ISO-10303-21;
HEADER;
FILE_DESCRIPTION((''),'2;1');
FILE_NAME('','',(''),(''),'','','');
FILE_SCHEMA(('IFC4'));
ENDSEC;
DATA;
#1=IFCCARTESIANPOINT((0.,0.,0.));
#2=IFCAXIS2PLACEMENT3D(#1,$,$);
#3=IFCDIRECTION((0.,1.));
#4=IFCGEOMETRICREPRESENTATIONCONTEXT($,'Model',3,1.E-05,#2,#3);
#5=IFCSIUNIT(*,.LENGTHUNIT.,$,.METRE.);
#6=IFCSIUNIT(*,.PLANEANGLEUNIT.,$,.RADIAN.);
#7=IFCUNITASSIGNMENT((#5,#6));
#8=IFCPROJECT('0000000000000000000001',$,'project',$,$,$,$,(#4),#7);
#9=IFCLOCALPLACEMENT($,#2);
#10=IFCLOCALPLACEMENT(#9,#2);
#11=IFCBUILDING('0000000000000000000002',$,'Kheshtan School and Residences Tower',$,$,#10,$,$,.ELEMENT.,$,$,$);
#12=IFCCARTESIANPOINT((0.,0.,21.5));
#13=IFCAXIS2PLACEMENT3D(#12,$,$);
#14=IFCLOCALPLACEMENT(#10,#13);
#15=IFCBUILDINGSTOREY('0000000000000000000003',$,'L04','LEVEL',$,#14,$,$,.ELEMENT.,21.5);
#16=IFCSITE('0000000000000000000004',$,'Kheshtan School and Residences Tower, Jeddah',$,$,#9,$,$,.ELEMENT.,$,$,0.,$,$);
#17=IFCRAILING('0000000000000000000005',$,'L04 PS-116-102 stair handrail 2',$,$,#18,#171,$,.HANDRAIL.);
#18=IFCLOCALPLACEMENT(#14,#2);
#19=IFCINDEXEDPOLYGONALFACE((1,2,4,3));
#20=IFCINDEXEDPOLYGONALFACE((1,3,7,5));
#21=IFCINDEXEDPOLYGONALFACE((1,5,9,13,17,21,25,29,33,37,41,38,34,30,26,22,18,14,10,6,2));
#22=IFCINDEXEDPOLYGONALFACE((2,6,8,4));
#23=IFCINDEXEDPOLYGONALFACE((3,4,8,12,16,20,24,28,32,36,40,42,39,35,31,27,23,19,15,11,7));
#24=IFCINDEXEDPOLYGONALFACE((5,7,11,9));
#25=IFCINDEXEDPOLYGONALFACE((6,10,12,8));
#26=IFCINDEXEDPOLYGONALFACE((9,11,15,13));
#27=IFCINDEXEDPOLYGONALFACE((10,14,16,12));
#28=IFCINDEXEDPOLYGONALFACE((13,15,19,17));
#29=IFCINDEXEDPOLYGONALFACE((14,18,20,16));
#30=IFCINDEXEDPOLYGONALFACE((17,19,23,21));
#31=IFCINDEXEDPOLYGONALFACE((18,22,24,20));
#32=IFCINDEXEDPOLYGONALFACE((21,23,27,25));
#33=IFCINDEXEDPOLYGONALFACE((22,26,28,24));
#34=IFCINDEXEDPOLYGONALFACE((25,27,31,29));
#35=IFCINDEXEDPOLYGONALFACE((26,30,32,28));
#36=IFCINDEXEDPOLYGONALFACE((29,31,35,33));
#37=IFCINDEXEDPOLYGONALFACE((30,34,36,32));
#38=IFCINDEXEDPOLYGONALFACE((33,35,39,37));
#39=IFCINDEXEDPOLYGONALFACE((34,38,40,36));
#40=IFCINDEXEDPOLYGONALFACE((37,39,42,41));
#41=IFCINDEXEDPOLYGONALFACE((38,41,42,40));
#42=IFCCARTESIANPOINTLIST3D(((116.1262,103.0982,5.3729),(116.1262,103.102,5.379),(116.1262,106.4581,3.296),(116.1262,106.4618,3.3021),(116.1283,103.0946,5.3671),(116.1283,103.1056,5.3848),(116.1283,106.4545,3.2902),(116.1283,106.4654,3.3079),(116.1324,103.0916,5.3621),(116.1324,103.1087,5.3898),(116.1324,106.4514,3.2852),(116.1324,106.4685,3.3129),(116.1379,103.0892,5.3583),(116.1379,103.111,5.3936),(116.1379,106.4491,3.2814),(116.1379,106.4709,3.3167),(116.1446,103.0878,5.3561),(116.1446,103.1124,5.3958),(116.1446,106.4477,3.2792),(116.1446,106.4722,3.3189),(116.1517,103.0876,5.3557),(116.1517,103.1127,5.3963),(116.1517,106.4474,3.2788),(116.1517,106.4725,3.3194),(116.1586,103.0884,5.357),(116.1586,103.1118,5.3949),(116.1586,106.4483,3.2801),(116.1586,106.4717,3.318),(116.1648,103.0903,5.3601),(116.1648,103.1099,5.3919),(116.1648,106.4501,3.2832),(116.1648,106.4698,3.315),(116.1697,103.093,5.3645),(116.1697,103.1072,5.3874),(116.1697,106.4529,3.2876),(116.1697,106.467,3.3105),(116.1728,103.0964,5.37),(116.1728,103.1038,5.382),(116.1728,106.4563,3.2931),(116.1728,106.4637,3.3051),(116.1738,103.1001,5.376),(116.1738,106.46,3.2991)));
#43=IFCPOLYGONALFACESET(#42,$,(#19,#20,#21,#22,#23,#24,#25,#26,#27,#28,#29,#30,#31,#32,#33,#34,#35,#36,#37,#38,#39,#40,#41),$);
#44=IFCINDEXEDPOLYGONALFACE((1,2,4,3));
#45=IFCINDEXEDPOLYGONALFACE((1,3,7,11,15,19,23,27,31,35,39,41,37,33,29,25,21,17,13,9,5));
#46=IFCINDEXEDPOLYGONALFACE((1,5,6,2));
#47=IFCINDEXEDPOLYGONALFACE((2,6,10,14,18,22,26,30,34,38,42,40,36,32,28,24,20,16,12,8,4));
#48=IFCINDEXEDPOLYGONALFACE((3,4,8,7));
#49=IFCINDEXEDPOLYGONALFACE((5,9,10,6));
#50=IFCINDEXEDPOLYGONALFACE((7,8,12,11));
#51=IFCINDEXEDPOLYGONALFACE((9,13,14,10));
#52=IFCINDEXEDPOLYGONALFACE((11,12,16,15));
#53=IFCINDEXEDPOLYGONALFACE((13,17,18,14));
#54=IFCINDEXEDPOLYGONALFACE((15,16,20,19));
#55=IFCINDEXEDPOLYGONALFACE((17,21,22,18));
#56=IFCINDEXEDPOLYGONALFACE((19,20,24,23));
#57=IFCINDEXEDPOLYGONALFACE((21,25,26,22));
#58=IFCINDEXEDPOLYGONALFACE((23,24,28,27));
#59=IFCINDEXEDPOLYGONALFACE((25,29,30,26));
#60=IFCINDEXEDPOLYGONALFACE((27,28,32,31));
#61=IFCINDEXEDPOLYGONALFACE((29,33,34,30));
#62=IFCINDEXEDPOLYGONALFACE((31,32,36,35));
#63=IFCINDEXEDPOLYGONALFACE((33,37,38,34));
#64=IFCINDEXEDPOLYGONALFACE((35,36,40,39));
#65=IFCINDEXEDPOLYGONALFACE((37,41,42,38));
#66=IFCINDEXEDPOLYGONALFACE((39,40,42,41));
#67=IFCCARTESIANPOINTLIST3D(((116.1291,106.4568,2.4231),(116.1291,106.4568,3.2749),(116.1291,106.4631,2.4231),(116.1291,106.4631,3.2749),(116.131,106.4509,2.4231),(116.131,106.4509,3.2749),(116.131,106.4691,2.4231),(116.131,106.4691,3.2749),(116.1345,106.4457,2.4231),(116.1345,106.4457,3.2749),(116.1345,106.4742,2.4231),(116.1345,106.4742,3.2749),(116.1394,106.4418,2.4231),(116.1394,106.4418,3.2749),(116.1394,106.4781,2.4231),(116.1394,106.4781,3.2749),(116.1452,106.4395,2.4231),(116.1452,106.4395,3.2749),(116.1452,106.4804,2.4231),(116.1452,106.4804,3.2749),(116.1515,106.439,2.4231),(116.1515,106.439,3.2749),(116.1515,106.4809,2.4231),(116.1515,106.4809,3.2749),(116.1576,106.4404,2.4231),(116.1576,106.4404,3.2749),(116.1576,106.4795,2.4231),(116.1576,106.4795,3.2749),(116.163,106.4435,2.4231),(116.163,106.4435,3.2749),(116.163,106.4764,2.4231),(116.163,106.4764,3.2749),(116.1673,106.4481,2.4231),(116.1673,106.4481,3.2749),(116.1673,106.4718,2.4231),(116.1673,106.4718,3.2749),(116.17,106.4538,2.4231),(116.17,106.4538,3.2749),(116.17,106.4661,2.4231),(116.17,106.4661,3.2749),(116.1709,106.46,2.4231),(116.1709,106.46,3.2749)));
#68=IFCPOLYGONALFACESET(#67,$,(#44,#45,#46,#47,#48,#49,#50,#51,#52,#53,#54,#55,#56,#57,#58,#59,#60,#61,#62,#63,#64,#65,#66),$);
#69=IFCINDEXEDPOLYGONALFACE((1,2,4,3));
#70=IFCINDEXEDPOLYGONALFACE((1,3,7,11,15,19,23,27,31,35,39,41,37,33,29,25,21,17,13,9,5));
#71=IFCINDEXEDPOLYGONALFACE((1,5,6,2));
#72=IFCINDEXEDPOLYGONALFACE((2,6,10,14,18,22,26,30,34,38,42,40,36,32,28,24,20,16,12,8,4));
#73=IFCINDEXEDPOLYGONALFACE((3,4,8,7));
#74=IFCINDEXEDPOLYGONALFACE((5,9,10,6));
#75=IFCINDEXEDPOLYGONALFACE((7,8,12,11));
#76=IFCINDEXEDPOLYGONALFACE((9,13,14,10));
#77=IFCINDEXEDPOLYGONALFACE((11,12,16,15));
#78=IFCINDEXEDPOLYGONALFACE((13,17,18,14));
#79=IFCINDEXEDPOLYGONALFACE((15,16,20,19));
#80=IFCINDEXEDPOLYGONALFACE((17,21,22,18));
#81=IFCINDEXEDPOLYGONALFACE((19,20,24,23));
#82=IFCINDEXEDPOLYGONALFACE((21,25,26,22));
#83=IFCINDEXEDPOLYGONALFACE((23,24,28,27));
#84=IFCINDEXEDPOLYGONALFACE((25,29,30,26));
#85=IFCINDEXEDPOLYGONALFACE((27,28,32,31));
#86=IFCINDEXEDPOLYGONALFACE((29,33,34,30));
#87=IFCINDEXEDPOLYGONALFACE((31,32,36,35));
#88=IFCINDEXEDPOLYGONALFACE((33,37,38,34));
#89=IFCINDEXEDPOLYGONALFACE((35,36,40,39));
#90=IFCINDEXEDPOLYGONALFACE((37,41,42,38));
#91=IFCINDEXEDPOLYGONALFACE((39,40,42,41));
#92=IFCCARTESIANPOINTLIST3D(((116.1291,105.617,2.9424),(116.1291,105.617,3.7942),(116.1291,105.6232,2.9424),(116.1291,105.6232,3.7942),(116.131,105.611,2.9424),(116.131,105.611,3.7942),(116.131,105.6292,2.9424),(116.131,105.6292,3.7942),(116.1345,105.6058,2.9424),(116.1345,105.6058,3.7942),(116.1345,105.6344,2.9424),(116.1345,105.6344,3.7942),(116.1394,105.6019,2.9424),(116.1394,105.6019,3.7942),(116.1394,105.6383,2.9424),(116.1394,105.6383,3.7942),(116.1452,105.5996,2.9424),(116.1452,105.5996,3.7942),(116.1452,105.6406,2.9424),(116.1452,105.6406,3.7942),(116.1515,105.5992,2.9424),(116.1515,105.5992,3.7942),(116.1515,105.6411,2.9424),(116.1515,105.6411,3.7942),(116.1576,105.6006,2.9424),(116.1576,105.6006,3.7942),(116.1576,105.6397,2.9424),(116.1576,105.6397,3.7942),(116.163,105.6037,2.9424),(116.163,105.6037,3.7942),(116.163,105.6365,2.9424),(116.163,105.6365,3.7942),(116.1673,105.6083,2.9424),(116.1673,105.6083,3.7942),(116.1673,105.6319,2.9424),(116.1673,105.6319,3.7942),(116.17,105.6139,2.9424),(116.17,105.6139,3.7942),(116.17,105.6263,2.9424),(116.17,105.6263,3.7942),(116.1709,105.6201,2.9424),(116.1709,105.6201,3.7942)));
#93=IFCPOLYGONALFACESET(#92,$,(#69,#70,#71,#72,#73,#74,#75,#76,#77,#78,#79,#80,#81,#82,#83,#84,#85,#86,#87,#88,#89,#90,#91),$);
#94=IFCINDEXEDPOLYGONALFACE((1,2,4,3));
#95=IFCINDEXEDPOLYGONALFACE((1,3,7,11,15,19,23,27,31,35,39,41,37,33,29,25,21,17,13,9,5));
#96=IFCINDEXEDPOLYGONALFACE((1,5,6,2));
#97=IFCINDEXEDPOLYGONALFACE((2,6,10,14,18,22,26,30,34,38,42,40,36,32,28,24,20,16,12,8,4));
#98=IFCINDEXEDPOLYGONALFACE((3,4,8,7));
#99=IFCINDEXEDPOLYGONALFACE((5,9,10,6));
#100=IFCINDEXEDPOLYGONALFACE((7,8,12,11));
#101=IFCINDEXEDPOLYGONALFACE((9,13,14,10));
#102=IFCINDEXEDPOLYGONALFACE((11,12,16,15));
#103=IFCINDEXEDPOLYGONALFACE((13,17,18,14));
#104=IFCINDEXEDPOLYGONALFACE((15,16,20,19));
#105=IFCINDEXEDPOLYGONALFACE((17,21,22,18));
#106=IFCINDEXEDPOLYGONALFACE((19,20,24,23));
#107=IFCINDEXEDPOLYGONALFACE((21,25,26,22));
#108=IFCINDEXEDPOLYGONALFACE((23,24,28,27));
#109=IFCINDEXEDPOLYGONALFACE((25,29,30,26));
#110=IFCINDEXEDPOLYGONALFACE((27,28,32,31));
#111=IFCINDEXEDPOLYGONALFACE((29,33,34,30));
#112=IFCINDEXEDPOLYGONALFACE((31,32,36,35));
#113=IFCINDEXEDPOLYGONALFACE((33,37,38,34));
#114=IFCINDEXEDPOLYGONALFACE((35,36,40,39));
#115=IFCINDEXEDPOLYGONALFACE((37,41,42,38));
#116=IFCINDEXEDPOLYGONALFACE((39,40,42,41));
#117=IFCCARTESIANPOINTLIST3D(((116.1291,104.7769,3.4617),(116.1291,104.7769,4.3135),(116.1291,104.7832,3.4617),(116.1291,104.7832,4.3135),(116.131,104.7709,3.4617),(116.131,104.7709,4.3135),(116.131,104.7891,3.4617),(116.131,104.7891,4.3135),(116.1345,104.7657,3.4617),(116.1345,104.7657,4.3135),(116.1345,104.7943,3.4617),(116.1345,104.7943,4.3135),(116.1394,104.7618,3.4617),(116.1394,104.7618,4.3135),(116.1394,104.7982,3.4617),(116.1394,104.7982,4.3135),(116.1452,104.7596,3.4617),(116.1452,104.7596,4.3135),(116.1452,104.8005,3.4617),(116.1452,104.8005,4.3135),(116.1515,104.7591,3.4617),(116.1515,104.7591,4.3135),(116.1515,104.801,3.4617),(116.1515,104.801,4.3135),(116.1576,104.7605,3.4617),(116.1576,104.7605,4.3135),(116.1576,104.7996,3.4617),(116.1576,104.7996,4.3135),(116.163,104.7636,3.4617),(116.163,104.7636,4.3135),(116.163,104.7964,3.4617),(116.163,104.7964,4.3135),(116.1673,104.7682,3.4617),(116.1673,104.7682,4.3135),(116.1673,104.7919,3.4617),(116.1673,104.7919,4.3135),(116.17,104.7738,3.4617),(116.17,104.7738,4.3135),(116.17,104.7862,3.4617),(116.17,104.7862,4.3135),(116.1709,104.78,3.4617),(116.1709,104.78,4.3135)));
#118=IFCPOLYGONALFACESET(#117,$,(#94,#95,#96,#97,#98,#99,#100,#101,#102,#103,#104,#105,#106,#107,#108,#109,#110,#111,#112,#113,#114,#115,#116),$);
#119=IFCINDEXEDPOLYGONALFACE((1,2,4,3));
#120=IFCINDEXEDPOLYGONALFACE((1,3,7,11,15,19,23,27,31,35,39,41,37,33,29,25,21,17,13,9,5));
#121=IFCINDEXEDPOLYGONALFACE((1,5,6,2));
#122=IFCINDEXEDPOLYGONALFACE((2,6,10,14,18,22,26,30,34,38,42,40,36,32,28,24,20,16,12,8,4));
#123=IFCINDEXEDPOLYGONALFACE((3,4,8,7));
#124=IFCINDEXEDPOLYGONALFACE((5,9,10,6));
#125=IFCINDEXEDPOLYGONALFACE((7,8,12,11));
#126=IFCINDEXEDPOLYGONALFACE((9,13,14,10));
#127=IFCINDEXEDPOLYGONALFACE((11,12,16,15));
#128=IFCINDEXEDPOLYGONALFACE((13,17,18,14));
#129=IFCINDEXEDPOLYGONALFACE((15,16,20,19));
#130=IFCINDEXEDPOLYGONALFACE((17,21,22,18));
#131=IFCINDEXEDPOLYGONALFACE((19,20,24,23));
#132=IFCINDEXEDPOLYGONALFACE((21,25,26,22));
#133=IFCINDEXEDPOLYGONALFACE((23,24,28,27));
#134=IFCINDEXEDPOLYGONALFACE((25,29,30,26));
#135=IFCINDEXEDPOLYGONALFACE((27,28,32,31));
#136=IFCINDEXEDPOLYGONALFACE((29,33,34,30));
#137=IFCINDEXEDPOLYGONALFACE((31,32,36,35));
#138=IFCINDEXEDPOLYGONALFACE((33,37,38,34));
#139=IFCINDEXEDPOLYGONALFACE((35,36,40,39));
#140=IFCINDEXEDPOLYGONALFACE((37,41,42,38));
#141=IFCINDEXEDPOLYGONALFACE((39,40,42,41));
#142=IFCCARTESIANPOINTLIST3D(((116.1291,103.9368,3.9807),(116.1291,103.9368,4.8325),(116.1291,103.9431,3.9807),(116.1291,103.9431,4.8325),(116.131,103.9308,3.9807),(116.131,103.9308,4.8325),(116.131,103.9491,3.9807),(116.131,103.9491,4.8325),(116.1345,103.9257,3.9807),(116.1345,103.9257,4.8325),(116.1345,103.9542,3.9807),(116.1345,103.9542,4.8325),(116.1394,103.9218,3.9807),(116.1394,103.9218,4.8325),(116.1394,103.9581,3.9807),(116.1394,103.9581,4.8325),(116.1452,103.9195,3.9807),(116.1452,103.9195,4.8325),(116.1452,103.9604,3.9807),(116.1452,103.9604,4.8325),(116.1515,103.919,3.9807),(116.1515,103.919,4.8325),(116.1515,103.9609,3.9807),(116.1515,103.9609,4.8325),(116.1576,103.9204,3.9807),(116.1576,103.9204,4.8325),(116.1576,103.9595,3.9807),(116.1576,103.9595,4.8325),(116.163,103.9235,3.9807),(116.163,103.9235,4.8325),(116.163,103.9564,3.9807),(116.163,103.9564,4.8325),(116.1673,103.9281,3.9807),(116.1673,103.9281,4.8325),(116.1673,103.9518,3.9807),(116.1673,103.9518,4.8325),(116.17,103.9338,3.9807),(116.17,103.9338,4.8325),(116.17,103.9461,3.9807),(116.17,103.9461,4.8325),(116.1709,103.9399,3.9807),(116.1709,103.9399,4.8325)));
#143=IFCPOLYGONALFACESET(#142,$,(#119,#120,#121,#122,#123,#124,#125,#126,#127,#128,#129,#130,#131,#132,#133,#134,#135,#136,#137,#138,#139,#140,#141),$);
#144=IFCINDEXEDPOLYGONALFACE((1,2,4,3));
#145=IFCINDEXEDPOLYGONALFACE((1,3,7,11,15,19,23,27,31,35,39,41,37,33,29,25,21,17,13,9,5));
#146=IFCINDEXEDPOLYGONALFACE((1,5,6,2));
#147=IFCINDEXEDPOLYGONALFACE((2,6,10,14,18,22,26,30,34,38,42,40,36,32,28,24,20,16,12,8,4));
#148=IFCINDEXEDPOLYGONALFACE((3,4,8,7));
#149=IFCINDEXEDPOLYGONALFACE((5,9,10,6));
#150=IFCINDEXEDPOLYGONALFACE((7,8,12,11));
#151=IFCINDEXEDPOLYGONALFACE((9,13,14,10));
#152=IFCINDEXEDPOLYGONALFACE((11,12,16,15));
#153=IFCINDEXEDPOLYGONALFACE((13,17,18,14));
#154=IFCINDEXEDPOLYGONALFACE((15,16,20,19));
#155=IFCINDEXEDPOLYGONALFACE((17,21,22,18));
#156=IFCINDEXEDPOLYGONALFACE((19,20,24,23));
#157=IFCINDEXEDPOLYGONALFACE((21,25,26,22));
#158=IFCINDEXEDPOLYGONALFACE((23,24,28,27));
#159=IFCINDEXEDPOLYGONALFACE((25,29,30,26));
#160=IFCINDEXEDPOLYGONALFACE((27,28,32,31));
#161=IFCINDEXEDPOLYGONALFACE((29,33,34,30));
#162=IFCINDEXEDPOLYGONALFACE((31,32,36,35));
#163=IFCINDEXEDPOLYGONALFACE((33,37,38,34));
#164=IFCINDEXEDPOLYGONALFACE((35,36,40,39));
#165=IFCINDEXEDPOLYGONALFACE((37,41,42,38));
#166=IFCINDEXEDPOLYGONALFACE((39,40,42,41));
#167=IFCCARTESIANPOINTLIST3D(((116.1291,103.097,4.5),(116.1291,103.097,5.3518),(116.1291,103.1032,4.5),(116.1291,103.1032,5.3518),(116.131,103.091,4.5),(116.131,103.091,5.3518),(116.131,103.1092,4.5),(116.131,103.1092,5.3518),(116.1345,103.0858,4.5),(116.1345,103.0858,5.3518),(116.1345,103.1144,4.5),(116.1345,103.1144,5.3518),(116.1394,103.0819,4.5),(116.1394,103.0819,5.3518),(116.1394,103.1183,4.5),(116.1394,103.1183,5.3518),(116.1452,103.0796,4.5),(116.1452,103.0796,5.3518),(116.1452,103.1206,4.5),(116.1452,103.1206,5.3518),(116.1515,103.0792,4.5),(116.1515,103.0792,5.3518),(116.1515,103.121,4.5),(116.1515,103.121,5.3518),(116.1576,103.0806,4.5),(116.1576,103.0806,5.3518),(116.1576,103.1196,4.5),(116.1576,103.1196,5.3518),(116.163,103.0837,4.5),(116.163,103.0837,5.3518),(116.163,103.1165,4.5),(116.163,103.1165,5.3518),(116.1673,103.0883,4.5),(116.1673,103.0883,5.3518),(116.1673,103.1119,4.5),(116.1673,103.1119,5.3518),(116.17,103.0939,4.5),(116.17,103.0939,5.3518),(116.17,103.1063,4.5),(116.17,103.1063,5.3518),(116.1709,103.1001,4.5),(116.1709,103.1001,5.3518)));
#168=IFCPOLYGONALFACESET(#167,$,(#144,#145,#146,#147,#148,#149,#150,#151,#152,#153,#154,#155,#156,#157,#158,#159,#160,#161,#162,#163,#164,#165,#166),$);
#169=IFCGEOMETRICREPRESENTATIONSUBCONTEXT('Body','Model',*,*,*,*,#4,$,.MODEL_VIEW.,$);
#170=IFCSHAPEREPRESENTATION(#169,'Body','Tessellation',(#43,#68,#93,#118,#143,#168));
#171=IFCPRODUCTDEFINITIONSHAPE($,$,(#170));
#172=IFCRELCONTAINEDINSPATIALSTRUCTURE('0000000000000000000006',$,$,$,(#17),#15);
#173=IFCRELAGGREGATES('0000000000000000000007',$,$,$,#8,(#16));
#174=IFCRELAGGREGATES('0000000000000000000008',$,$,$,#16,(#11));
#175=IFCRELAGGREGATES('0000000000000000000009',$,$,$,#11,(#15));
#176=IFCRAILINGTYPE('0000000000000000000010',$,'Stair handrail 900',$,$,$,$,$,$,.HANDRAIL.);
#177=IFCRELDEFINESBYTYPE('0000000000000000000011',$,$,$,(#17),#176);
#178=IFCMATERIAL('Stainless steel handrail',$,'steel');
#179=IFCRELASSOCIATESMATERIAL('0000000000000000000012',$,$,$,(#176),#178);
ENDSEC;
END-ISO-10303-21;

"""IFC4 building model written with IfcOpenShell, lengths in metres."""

from ifc_helpers import new_model, si_unit, direction, frame, origin, origin_2d, place, context, subcontext, project, spatial, circle, extrude, material, type_object, element, save


model = new_model("IFC4")

# Units and contexts
model_context = context("Model", 3, precision=1e-05, world=origin(), true_north=direction((0.0, 1.0)))
body_context = subcontext(model_context, "Body", "Model", "MODEL_VIEW")
ifc_project = project(units=[si_unit("LENGTHUNIT", "METRE"), si_unit("PLANEANGLEUNIT", "RADIAN")], contexts=[model_context])

# Site, building, storey
site_placement = place(None, origin())
site = spatial("IfcSite", under=ifc_project, at=site_placement, Name="Kheshtan School and Residences Tower, Jeddah", CompositionType="ELEMENT", RefElevation=0.0)
building_placement = place(site_placement, origin())
building = spatial("IfcBuilding", under=site, at=building_placement, Name="Kheshtan School and Residences Tower", CompositionType="ELEMENT")
storey_placement = place(building_placement, frame((0.0, 0.0, 21.5)))
storey = spatial("IfcBuildingStorey", under=building, at=storey_placement, Name="L04", Description="LEVEL", CompositionType="ELEMENT", Elevation=21.5)

# Railing
ifc_material_1 = material(Name="Stainless steel handrail", Category="steel")
railing_type_1 = type_object("IfcRailingType", Name="Stair handrail 900", PredefinedType="HANDRAIL", material=ifc_material_1)
railing_1_placement = place(storey_placement, frame((116.1499, 106.46, 2.4231)))
element("IfcRailing", 1, at=railing_1_placement, inside=storey, type_object=railing_type_1, Name="L04 PS-116-102 stair handrail 2", PredefinedType="HANDRAIL", context=body_context, shape_type="SweptSolid", body=[
    extrude(circle(Radius=0.0239, at=origin_2d()), frame((0.0, 0.0, 0.876), z_axis=(0.0, -0.850606, 0.525803), x_axis=(1.0, 0.0, 0.0)), (0.0, 0.0, 1.0), 3.95),
    extrude(circle(Radius=0.021, at=origin_2d()), origin(), (0.0, 0.0, 1.0), 0.8518),
    extrude(circle(Radius=0.021, at=origin_2d()), frame((0.0, -0.8398, 0.5193)), (0.0, 0.0, 1.0), 0.8518),
    extrude(circle(Radius=0.021, at=origin_2d()), frame((0.0, -1.6799, 1.0386)), (0.0, 0.0, 1.0), 0.8518),
    extrude(circle(Radius=0.021, at=origin_2d()), frame((0.0, -2.52, 1.5576)), (0.0, 0.0, 1.0), 0.8518),
    extrude(circle(Radius=0.021, at=origin_2d()), frame((0.0, -3.3599, 2.0769)), (0.0, 0.0, 1.0), 0.8518),
])

save(model, "model.ifc")
